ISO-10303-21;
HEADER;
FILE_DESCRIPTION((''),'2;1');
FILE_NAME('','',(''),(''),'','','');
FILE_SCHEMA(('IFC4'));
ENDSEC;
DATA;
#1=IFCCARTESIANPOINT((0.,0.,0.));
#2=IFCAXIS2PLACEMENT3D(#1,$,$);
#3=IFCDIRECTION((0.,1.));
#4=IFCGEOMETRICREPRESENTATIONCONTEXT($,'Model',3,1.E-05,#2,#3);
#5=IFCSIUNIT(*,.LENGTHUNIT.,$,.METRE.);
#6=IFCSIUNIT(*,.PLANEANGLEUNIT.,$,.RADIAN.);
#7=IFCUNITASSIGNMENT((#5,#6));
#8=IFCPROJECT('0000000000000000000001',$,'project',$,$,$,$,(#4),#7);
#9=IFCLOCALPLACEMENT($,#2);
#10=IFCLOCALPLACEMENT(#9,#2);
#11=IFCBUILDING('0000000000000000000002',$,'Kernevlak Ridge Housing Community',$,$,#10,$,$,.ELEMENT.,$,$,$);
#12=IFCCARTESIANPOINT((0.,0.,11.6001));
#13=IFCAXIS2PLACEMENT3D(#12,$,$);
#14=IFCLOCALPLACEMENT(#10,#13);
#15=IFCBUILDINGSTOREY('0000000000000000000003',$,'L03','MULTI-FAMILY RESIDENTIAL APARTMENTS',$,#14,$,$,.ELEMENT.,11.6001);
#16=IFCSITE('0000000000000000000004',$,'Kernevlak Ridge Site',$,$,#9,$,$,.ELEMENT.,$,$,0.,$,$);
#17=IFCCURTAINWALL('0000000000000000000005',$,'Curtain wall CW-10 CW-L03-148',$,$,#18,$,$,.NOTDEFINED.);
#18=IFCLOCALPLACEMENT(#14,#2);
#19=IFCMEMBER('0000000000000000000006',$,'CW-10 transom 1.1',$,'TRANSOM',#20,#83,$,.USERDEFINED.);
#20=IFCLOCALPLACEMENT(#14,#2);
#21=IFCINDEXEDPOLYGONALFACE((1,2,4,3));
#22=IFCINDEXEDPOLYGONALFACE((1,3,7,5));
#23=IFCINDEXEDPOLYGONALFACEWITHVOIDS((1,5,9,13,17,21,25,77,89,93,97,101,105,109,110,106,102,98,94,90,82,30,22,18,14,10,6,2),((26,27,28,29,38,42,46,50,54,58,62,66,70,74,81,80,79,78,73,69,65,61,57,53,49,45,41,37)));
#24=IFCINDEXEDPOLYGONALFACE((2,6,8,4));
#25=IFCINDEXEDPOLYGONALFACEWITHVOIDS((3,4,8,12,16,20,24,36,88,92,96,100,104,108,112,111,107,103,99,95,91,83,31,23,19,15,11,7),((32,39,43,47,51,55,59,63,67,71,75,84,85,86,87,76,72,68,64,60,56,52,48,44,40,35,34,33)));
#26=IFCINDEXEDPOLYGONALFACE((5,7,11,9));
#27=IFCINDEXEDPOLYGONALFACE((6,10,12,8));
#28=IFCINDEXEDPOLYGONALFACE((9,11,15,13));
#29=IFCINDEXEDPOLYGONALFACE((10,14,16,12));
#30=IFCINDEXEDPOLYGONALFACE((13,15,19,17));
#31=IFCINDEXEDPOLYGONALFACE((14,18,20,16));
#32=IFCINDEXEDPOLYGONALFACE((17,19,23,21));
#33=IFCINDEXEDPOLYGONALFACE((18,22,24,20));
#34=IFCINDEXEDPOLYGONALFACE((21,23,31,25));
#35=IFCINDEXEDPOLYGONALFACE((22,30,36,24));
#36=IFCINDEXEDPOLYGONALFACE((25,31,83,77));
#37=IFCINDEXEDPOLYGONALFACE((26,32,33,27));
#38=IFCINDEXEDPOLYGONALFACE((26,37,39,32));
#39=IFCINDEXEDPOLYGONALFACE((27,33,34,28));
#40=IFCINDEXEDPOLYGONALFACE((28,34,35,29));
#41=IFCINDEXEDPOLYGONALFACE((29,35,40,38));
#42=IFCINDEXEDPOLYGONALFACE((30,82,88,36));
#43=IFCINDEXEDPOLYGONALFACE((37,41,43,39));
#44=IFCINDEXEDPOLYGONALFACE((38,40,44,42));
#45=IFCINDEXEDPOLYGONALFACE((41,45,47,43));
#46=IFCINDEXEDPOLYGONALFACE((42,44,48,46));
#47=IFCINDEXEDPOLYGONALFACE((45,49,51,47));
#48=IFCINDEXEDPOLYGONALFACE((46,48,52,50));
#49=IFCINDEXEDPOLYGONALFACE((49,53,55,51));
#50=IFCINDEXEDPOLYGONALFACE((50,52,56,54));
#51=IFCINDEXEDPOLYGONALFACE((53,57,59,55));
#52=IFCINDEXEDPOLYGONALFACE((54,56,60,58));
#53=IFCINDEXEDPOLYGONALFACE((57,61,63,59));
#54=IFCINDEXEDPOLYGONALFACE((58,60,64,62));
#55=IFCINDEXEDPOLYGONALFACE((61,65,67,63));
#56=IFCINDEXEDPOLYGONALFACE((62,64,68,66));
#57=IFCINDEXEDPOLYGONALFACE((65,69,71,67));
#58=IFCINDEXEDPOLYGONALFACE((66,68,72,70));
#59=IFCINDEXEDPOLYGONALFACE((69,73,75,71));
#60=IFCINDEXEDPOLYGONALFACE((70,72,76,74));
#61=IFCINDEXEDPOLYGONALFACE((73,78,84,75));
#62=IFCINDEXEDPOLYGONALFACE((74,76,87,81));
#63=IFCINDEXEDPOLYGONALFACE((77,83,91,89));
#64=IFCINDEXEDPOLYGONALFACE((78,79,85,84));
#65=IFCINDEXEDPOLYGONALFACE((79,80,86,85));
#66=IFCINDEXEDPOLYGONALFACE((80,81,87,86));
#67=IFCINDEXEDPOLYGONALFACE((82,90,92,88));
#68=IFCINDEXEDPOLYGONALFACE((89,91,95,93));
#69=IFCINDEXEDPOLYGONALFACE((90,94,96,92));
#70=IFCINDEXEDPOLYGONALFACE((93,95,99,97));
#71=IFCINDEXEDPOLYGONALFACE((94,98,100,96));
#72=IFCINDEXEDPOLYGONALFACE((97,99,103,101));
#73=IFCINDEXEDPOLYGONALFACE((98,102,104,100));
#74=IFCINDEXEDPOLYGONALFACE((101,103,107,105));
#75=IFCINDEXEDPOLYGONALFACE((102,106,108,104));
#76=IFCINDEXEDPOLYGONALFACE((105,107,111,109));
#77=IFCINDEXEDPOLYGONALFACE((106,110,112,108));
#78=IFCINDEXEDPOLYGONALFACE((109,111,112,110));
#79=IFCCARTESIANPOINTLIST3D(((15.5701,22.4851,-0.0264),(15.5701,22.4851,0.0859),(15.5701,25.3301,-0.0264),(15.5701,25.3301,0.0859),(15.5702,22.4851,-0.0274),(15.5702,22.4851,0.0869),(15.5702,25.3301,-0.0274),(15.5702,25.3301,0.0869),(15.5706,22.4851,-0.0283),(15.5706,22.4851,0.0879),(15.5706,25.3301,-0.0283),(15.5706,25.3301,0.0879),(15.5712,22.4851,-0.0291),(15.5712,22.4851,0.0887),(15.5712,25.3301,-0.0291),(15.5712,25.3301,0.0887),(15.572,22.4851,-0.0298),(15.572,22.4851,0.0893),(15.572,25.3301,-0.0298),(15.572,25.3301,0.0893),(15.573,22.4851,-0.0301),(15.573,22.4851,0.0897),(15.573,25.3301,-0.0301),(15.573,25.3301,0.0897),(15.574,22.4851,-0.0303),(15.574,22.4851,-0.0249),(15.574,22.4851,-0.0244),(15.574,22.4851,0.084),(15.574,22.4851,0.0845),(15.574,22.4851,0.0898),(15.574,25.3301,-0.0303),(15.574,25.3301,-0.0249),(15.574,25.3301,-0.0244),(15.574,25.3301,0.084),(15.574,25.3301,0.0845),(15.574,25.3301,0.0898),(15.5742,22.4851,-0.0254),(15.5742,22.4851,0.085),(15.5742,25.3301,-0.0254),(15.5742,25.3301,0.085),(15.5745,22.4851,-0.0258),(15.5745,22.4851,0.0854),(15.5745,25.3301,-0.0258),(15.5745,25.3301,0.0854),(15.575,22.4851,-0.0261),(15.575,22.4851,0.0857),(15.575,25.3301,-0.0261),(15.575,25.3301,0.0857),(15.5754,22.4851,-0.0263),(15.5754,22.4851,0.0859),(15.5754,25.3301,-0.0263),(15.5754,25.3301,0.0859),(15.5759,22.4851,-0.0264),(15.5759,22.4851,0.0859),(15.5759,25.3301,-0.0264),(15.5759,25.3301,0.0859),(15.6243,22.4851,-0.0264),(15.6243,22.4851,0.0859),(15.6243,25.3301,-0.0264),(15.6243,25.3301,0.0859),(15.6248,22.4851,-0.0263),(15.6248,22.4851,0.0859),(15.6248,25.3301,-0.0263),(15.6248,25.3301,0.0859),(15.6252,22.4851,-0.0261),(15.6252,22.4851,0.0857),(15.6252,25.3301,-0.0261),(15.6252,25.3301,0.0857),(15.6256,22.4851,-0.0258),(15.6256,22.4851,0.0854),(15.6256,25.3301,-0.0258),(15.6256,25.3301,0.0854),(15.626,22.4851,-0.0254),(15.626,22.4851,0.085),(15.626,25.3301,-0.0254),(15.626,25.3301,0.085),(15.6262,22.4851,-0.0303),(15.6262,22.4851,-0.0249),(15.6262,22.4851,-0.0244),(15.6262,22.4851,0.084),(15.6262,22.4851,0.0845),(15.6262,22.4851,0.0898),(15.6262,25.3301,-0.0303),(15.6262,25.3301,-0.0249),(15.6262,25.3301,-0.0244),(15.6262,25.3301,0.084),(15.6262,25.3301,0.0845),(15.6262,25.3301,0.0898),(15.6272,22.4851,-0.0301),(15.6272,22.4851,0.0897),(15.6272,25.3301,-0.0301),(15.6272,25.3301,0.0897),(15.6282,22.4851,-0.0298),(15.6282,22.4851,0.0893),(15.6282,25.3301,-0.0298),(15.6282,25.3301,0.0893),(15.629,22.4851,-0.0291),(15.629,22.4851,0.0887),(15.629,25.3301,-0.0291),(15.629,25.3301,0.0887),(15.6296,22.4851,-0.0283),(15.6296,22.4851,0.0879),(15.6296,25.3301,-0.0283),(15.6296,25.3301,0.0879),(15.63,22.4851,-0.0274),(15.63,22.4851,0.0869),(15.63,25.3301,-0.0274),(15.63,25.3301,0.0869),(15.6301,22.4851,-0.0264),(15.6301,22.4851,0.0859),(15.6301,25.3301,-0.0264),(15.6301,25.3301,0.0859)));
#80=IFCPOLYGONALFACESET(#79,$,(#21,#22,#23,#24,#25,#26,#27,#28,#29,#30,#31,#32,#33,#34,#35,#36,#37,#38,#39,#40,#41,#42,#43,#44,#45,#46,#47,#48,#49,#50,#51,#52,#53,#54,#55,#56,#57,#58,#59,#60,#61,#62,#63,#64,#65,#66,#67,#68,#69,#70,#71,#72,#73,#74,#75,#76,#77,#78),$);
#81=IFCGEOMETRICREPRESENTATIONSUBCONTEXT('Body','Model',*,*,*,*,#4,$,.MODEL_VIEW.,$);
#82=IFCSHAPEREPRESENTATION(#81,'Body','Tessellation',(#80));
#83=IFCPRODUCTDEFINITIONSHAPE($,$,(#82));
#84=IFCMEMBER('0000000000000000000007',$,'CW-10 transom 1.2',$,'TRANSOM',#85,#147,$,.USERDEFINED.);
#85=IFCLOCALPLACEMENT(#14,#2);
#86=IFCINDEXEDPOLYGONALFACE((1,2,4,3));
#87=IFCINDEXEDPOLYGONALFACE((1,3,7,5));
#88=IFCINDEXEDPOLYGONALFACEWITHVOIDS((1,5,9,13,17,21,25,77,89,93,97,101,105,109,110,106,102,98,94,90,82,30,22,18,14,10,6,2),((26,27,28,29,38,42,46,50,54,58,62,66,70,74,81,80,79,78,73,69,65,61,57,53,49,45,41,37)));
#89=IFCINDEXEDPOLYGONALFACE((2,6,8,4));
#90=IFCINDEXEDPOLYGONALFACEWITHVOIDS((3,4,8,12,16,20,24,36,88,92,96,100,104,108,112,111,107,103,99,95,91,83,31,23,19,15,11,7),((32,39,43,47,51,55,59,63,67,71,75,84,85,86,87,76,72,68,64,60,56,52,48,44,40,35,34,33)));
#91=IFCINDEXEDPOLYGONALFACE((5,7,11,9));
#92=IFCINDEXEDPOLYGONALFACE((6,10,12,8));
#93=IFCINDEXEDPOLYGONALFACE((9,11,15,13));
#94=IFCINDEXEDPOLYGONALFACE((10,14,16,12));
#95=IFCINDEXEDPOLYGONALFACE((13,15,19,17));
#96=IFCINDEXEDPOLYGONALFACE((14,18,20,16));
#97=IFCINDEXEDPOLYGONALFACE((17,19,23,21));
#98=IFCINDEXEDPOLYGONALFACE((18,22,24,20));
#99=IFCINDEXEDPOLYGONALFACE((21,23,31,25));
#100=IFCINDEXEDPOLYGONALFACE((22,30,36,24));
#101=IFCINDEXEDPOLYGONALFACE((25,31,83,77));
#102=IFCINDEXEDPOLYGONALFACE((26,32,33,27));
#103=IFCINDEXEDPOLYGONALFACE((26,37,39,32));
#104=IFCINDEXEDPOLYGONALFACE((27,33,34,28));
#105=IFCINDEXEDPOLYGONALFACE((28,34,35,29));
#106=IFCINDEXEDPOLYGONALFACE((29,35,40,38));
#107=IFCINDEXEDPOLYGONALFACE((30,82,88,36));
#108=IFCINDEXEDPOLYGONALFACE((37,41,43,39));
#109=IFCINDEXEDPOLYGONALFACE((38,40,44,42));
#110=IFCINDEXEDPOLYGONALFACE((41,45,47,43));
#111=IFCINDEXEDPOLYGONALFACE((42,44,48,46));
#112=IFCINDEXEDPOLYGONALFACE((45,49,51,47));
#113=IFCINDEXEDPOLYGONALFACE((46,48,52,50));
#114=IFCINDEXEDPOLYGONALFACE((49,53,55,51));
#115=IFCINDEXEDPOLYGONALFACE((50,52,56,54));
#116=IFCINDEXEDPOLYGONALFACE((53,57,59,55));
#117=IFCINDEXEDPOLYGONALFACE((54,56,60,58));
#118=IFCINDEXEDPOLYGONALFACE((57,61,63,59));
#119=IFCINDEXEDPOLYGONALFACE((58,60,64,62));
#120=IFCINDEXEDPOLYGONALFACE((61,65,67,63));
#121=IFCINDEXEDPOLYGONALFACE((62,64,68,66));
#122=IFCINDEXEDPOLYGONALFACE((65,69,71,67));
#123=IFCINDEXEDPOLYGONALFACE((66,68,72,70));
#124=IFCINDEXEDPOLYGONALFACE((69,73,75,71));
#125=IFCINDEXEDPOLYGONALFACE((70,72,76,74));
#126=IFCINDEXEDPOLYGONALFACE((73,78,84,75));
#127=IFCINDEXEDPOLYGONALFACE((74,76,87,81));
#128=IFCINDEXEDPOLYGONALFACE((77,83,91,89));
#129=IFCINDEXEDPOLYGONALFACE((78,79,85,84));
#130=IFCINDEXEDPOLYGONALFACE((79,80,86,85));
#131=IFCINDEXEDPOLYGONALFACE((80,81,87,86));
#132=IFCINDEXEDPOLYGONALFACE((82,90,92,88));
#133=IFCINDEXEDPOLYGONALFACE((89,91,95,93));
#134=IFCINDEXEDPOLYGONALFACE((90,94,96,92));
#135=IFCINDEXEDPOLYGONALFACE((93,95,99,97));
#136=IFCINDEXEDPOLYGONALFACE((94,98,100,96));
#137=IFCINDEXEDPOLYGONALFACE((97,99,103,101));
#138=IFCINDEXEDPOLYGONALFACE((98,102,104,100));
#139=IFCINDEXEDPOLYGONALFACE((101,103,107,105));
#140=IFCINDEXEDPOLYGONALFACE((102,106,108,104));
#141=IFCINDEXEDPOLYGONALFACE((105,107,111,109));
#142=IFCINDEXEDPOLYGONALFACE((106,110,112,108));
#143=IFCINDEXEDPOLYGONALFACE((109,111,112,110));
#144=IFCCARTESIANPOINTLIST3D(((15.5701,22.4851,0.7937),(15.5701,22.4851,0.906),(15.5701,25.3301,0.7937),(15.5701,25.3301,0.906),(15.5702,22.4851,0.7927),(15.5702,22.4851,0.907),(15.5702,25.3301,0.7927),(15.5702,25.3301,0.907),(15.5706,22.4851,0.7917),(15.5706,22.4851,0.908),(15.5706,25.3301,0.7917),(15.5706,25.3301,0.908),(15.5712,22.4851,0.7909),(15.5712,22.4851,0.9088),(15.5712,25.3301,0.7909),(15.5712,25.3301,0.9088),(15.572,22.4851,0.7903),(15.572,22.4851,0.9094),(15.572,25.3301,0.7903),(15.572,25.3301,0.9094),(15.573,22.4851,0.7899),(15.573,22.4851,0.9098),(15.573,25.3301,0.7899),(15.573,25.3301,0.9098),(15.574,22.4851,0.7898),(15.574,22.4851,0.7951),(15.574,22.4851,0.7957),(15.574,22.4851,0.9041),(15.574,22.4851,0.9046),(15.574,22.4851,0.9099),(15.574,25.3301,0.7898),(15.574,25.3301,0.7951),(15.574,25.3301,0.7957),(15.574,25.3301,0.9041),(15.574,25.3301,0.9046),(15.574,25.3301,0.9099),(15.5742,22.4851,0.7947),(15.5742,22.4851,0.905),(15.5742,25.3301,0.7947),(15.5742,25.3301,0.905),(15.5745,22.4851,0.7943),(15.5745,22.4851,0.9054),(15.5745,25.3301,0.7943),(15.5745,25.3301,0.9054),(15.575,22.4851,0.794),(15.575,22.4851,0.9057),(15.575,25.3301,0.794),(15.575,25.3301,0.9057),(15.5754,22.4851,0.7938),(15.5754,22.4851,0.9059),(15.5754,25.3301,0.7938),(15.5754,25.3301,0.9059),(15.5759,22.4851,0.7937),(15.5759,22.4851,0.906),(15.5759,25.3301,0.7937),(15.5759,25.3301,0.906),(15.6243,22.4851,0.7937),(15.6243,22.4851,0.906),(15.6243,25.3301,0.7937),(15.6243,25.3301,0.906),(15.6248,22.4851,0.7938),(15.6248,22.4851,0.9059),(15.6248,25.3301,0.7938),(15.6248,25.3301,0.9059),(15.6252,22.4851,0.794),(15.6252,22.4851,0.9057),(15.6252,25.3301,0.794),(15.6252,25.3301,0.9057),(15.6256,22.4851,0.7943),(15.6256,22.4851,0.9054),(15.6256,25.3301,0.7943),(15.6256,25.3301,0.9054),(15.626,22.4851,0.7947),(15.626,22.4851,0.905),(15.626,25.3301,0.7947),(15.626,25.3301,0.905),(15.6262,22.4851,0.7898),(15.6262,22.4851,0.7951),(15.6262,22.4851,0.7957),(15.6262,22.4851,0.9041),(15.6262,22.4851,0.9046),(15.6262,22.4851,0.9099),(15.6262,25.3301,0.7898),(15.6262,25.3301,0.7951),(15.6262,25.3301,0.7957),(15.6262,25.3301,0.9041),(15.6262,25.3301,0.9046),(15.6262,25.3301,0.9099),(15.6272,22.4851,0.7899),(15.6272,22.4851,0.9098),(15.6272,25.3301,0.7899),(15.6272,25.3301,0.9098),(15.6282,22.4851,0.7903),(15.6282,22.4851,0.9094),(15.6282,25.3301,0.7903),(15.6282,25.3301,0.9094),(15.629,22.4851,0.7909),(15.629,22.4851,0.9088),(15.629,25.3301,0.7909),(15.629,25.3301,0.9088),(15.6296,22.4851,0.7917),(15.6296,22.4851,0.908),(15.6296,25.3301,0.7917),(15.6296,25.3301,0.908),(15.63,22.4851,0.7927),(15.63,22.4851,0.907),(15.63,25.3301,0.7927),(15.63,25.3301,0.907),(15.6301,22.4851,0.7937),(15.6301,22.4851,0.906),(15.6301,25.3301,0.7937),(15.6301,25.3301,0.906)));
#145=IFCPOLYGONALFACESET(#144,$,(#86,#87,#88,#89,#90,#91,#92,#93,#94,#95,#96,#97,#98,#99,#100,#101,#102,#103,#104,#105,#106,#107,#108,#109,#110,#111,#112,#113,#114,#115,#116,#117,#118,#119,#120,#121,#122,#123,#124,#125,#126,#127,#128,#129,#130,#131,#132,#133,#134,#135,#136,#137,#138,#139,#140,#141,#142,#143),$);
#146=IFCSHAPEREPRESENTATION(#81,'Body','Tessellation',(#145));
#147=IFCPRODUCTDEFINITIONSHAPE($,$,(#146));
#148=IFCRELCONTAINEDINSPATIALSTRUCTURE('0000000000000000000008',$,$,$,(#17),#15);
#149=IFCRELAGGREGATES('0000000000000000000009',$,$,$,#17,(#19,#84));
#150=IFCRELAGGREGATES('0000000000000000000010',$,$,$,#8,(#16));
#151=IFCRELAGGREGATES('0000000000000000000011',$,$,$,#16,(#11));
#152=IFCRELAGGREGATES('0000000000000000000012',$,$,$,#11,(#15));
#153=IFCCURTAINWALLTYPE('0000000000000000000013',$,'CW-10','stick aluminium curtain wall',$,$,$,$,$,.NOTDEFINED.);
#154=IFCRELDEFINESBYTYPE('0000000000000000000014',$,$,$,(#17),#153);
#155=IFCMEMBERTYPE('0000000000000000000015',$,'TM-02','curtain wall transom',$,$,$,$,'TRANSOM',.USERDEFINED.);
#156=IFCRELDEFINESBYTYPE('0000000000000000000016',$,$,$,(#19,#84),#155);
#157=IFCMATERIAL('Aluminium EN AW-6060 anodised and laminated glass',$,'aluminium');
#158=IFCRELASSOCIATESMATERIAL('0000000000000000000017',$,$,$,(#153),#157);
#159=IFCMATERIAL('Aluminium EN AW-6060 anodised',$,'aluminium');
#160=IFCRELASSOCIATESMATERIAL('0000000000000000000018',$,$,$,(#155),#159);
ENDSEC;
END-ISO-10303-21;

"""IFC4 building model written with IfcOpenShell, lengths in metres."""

from ifc_helpers import new_model, si_unit, direction, frame, origin, origin_2d, place, context, subcontext, project, spatial, hollow_rectangle, extrude, material, material_profile, profile_set, type_object, element, aggregate, save


model = new_model("IFC4")

# Units and contexts
model_context = context("Model", 3, precision=1e-05, world=origin(), true_north=direction((0.0, 1.0)))
body_context = subcontext(model_context, "Body", "Model", "MODEL_VIEW")
ifc_project = project(units=[si_unit("LENGTHUNIT", "METRE"), si_unit("PLANEANGLEUNIT", "RADIAN")], contexts=[model_context])

# Site, building, storey
site_placement = place(None, origin())
site = spatial("IfcSite", under=ifc_project, at=site_placement, Name="Kernevlak Ridge Site", CompositionType="ELEMENT", RefElevation=0.0)
building_placement = place(site_placement, origin())
building = spatial("IfcBuilding", under=site, at=building_placement, Name="Kernevlak Ridge Housing Community", CompositionType="ELEMENT")
storey_placement = place(building_placement, frame((0.0, 0.0, 11.6001)))
storey = spatial("IfcBuildingStorey", under=building, at=storey_placement, Name="L03", Description="MULTI-FAMILY RESIDENTIAL APARTMENTS", CompositionType="ELEMENT", Elevation=11.6001)

# Curtain wall
ifc_material_1 = material(Name="Aluminium EN AW-6060 anodised and laminated glass", Category="aluminium")
curtain_wall_type = type_object("IfcCurtainWallType", Name="CW-10", Description="stick aluminium curtain wall", PredefinedType="NOTDEFINED", material=ifc_material_1)
curtain_wall_placement = place(storey_placement, origin())
curtain_wall = element("IfcCurtainWall", 1, at=curtain_wall_placement, inside=storey, type_object=curtain_wall_type, Name="Curtain wall CW-10 CW-L03-148", PredefinedType="NOTDEFINED")
ifc_material_2 = material(Name="Aluminium EN AW-6060 anodised", Category="aluminium")

# Members
ifc_material_profile_1 = material_profile(ifc_material_2, hollow_rectangle(XDim=0.0601, YDim=0.1201, WallThickness=0.0039, InnerFilletRadius=0.002, OuterFilletRadius=0.0039, at=origin_2d()), Name="ALU 60x120x4")
ifc_profile_set_1 = profile_set([ifc_material_profile_1], Name="Aluminium EN AW-6060 anodised")
member_type_1 = type_object("IfcMemberType", Name="TM-02", Description="curtain wall transom", ElementType="TRANSOM", PredefinedType="USERDEFINED", material=ifc_profile_set_1)
member_1_placement = place(storey_placement, frame((15.6001, 22.4851, 0.0298), z_axis=(0.0, 1.0, 0.0), x_axis=(-1.0, 0.0, 0.0)))
member_1 = element("IfcMember", 2, at=member_1_placement, type_object=member_type_1, Name="CW-10 transom 1.1", ObjectType="TRANSOM", PredefinedType="USERDEFINED", context=body_context, shape_type="SweptSolid", body=[
    extrude(hollow_rectangle(XDim=0.0601, YDim=0.1201, WallThickness=0.0039, InnerFilletRadius=0.002, OuterFilletRadius=0.0039, at=origin_2d()), origin(), (0.0, 0.0, 1.0), 2.845),
])
member_2_placement = place(storey_placement, frame((15.6001, 22.4851, 0.8499), z_axis=(0.0, 1.0, 0.0), x_axis=(-1.0, 0.0, 0.0)))
member_2 = element("IfcMember", 3, at=member_2_placement, type_object=member_type_1, Name="CW-10 transom 1.2", ObjectType="TRANSOM", PredefinedType="USERDEFINED", context=body_context, shape_type="SweptSolid", body=[
    extrude(hollow_rectangle(XDim=0.0601, YDim=0.1201, WallThickness=0.0039, InnerFilletRadius=0.002, OuterFilletRadius=0.0039, at=origin_2d()), origin(), (0.0, 0.0, 1.0), 2.845),
])
aggregate(curtain_wall, [member_1, member_2])

save(model, "model.ifc")
